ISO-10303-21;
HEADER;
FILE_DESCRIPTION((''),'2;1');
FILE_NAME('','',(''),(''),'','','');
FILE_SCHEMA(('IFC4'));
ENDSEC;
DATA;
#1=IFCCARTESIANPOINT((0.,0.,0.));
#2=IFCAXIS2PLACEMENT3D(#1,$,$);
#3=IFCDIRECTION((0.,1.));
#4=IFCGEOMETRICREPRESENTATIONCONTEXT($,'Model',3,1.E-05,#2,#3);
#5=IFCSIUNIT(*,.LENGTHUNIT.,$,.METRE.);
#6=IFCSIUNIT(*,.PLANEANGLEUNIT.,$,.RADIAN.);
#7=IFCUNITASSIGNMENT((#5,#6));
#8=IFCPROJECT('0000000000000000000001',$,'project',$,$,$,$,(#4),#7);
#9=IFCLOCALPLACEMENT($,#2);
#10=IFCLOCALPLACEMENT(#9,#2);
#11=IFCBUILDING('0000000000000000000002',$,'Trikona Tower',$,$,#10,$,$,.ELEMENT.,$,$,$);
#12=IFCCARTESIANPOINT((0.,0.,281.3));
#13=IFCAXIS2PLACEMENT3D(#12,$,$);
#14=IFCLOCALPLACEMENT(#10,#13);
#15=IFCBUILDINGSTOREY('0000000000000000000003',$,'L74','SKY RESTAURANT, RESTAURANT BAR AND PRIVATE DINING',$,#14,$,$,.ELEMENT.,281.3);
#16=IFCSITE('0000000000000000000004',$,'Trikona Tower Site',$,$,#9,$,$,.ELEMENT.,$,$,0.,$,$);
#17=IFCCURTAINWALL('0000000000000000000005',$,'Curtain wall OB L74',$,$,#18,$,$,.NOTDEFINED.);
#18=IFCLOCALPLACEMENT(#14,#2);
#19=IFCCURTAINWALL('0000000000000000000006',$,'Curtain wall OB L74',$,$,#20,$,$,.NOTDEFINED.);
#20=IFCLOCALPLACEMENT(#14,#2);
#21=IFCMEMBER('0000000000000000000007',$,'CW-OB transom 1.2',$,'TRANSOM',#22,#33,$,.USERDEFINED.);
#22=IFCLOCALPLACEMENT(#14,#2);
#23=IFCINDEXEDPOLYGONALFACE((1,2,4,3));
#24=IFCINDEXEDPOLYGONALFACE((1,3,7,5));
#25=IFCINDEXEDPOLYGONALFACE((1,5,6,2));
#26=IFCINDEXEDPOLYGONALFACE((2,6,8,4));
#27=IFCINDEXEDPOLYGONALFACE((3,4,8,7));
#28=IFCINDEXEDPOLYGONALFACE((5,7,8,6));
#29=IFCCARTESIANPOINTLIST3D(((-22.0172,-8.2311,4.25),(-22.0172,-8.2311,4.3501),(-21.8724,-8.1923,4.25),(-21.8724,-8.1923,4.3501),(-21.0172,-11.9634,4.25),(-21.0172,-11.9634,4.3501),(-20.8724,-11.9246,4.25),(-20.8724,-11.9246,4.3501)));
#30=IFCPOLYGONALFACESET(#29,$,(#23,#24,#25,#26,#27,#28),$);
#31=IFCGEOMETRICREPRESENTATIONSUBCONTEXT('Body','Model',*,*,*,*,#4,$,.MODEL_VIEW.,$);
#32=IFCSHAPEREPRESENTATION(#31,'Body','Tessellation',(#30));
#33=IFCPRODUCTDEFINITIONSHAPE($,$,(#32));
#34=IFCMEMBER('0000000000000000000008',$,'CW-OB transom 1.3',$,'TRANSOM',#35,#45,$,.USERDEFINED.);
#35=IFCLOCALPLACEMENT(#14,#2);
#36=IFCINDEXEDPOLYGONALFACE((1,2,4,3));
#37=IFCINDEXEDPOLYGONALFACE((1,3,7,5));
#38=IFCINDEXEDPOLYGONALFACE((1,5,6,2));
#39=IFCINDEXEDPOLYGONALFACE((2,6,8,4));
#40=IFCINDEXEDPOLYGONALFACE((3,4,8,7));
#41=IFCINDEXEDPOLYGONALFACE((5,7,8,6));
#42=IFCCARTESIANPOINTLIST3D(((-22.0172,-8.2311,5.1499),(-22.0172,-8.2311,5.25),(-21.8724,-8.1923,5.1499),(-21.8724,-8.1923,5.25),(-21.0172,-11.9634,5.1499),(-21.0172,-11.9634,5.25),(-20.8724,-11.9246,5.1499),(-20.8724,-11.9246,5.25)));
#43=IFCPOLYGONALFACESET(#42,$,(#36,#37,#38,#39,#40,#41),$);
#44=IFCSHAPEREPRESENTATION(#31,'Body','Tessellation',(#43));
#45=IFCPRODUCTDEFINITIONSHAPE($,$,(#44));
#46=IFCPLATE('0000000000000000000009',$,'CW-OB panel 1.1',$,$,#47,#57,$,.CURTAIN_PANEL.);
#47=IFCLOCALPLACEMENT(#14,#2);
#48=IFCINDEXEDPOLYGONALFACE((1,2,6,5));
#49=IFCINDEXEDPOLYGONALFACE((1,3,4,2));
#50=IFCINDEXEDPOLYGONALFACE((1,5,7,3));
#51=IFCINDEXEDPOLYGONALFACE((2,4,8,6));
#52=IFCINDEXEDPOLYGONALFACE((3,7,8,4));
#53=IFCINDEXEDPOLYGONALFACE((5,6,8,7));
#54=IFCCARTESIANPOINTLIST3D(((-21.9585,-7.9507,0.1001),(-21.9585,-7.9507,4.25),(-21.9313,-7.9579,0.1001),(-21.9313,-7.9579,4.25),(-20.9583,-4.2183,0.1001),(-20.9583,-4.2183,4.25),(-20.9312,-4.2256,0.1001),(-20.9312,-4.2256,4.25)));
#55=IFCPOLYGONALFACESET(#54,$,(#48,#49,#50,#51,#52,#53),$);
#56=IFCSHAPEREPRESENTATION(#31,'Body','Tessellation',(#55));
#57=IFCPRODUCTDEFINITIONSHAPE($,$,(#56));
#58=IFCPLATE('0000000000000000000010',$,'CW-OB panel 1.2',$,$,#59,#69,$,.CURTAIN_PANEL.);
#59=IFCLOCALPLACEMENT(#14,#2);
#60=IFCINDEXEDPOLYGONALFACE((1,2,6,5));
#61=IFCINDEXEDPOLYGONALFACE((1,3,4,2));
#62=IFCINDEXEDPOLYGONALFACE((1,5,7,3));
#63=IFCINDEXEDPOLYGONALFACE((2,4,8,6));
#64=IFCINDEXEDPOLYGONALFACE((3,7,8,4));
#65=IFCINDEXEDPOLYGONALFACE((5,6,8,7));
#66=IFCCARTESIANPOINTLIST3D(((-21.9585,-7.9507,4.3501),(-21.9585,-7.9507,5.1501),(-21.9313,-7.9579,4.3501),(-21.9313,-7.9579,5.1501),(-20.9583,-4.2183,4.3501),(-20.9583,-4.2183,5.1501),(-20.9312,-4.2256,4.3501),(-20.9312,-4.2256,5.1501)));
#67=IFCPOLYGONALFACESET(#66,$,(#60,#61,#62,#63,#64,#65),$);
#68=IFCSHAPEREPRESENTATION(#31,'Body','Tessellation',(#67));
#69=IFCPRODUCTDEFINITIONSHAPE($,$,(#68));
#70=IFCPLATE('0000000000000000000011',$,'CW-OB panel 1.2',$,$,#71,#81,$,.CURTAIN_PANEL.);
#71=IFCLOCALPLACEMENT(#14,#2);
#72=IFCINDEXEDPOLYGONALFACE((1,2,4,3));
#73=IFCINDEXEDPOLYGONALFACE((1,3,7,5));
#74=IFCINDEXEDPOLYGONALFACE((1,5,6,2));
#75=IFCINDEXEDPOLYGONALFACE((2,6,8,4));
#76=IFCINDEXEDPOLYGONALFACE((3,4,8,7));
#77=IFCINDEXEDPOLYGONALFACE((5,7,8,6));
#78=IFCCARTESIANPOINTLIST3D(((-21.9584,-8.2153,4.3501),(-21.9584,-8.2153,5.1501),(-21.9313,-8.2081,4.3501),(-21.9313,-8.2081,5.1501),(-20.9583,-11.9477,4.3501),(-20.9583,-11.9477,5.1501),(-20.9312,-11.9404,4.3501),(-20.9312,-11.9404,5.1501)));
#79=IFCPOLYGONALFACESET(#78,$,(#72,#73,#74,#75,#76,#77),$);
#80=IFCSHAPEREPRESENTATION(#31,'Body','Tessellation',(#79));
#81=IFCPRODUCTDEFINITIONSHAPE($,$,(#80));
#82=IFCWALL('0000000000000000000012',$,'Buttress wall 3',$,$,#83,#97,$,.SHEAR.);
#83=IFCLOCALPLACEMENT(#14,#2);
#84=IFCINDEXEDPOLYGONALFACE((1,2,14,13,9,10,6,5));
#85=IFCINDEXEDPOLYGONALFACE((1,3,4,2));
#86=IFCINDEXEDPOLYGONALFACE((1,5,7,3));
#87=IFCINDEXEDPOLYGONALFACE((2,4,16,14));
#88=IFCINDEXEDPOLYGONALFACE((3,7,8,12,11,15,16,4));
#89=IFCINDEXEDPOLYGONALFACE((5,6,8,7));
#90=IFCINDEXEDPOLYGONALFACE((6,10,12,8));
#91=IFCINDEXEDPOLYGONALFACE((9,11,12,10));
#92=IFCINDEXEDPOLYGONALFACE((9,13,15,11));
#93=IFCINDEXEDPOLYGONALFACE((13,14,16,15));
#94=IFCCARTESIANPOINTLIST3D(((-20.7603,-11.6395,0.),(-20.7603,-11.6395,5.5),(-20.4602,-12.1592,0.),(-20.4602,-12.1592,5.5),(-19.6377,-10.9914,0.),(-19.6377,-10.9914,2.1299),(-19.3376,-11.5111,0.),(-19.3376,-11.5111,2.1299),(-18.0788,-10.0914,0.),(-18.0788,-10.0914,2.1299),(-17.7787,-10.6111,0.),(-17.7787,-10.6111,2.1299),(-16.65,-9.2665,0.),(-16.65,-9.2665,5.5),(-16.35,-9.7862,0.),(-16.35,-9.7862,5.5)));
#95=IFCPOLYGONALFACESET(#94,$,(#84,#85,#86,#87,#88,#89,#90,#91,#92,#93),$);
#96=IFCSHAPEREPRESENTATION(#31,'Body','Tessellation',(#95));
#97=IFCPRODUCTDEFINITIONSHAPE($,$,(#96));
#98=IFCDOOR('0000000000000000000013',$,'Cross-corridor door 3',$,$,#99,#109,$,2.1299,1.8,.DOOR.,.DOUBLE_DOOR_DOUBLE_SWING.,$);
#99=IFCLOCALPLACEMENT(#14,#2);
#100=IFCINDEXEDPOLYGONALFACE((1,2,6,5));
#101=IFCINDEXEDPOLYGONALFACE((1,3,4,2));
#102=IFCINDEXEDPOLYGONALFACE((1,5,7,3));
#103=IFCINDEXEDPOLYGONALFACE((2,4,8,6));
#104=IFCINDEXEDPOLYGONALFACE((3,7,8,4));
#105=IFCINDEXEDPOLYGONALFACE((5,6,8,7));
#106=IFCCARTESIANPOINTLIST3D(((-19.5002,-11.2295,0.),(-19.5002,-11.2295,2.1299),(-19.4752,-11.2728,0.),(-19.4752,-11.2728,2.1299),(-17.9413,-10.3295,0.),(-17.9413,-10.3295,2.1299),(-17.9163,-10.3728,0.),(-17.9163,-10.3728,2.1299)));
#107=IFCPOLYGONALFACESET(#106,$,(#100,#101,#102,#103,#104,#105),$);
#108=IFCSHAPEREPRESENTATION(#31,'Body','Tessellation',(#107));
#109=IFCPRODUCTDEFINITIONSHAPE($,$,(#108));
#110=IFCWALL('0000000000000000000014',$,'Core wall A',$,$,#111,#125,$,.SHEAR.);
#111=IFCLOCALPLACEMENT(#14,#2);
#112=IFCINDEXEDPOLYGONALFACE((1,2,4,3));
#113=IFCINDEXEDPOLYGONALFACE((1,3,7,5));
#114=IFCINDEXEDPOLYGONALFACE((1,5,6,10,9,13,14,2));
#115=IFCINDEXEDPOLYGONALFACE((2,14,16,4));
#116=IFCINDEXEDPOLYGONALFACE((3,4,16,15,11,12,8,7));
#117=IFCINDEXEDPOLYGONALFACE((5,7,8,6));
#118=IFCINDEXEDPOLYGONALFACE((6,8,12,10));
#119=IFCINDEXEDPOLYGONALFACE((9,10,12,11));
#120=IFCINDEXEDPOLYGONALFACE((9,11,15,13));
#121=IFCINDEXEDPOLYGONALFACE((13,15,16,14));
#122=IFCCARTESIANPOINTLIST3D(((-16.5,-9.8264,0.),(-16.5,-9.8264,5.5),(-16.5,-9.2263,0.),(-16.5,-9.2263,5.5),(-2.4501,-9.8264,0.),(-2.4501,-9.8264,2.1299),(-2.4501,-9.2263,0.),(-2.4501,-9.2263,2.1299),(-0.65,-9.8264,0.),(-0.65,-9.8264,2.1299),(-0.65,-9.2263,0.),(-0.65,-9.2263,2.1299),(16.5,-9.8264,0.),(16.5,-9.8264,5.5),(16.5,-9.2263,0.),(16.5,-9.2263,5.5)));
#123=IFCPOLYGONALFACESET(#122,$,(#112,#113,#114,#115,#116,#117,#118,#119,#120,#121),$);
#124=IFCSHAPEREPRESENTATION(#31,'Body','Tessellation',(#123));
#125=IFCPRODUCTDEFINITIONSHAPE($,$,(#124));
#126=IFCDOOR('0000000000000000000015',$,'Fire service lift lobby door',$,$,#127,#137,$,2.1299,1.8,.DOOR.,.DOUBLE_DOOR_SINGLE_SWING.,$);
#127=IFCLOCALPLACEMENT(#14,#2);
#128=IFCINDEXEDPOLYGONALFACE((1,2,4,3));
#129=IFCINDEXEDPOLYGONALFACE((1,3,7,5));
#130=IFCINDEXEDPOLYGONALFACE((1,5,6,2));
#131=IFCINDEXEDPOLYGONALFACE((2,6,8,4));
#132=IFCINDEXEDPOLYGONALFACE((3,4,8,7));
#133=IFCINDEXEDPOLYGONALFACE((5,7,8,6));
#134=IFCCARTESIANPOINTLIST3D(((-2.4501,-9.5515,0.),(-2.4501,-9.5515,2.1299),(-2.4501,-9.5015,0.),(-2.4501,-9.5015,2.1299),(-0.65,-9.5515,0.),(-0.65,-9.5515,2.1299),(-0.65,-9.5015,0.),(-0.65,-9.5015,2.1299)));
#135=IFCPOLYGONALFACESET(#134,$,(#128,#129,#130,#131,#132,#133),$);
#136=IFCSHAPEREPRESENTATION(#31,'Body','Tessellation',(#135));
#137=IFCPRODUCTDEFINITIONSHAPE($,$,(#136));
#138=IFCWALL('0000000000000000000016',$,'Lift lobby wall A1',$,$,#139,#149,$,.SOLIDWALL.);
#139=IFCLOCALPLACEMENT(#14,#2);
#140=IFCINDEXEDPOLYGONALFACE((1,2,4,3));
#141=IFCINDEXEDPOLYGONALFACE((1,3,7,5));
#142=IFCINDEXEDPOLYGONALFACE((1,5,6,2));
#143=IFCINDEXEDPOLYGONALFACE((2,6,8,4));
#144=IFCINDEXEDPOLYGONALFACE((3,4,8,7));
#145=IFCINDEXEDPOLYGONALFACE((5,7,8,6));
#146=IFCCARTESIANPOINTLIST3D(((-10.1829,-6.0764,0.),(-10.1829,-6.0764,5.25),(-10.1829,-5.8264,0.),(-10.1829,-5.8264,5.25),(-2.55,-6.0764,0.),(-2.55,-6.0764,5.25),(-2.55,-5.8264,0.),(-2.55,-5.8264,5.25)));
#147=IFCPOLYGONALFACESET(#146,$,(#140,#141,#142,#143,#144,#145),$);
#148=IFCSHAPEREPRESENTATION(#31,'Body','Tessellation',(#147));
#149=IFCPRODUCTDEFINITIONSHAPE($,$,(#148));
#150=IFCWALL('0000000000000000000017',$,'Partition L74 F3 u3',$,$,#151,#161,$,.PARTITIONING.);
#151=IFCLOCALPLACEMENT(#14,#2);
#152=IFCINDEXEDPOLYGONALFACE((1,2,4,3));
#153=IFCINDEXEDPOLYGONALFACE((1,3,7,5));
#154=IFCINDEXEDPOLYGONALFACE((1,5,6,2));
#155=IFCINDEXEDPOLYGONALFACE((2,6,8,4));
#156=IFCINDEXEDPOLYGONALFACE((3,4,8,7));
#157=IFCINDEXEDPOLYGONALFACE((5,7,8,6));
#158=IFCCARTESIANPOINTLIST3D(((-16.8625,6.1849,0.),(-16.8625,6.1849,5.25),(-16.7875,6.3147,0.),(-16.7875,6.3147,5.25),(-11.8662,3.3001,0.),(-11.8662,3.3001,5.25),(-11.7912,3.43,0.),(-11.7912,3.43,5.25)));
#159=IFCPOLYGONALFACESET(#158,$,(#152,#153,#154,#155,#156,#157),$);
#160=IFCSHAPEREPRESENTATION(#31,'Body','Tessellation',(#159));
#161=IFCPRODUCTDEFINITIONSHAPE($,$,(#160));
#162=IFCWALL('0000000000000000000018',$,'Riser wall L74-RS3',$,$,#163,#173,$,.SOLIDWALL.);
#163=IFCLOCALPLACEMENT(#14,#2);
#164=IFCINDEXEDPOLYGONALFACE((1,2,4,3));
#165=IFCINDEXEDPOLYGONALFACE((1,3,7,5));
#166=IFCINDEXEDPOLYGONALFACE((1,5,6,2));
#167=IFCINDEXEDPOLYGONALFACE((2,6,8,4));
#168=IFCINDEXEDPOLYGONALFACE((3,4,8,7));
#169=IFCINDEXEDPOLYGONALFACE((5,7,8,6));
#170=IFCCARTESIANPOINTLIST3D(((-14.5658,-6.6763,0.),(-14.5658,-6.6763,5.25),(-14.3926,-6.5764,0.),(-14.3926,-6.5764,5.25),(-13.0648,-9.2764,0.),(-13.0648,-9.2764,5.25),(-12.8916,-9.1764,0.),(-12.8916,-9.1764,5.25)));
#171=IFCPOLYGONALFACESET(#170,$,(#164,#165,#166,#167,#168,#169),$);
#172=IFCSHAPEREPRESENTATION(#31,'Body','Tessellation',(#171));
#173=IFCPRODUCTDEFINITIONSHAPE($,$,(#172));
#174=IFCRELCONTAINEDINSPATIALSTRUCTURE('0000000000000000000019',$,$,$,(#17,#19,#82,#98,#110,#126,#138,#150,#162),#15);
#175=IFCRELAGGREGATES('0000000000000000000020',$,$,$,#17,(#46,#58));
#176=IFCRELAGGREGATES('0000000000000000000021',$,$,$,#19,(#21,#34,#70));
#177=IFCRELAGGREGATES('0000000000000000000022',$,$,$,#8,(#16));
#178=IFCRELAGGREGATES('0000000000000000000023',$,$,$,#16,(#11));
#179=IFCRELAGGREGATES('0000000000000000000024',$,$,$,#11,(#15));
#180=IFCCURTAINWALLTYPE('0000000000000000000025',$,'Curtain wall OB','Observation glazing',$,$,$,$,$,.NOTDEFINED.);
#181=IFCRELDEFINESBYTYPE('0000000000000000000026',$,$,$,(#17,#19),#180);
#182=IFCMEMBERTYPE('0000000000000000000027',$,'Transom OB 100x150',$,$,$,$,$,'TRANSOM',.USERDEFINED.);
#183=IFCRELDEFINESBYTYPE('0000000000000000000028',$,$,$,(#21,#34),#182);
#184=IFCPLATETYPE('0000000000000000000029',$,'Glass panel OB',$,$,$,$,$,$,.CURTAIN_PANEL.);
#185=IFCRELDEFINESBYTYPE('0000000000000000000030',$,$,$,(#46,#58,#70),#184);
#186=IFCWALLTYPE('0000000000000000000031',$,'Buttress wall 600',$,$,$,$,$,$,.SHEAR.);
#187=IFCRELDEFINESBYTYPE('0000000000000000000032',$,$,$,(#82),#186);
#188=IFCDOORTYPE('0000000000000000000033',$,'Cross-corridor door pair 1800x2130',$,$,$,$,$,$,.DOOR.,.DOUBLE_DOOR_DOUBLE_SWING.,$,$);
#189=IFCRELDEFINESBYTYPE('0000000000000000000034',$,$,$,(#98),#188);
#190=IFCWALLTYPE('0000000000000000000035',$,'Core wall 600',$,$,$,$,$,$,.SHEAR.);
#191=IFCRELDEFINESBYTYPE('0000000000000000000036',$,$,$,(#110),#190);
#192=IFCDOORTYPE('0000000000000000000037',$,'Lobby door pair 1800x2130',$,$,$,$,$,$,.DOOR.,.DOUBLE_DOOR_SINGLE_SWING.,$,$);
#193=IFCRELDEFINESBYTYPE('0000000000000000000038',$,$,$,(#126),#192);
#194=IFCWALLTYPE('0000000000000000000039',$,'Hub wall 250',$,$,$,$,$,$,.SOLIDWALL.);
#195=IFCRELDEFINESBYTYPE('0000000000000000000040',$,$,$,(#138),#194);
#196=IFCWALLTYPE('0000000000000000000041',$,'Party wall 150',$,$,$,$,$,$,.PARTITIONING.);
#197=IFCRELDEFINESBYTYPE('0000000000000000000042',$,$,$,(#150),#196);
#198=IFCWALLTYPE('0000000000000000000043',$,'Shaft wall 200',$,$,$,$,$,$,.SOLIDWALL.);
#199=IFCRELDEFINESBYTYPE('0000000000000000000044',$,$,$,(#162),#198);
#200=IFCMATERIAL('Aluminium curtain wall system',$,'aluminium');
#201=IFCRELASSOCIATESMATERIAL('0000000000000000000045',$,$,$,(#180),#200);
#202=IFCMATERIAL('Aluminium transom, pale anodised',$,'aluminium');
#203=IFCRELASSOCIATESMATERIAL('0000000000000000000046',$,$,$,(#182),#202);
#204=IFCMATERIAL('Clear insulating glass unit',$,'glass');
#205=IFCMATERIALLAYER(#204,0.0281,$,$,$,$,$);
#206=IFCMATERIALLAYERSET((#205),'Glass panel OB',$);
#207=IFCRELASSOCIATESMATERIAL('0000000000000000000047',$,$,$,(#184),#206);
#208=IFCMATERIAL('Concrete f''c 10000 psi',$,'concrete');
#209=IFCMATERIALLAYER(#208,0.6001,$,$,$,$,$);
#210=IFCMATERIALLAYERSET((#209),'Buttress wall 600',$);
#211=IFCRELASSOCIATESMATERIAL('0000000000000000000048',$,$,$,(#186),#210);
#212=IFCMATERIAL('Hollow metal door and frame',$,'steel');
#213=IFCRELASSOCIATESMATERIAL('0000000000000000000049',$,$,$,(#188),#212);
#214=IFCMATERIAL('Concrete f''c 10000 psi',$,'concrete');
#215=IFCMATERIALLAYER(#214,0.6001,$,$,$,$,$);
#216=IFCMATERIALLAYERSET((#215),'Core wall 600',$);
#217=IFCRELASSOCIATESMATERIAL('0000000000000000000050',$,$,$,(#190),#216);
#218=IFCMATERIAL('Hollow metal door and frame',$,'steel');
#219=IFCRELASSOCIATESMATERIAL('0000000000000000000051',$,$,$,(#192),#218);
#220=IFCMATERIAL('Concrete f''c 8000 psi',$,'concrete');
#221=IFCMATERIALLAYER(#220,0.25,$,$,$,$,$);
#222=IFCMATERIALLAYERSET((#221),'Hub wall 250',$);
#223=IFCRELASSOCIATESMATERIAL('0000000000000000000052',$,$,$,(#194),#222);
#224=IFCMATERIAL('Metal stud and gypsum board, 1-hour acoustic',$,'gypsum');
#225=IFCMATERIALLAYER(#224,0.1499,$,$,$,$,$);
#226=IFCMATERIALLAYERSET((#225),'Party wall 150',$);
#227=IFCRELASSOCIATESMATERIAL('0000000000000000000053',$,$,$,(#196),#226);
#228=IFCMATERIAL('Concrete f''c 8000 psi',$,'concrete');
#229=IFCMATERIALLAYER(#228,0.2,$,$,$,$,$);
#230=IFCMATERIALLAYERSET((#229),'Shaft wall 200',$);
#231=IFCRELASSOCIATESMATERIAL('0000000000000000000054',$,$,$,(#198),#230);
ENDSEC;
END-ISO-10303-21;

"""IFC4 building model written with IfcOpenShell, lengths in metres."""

from ifc_helpers import new_model, si_unit, direction, frame, frame_2d, origin, origin_2d, place, context, subcontext, project, spatial, rectangle, extrude, material, layer, layer_set, material_profile, profile_set, type_object, element, fill, aggregate, save


model = new_model("IFC4")

# Units and contexts
model_context = context("Model", 3, precision=1e-05, world=origin(), true_north=direction((0.0, 1.0)))
body_context = subcontext(model_context, "Body", "Model", "MODEL_VIEW")
ifc_project = project(units=[si_unit("LENGTHUNIT", "METRE"), si_unit("PLANEANGLEUNIT", "RADIAN")], contexts=[model_context])

# Site, building, storey
site_placement = place(None, origin())
site = spatial("IfcSite", under=ifc_project, at=site_placement, Name="Trikona Tower Site", CompositionType="ELEMENT", RefElevation=0.0)
building_placement = place(site_placement, origin())
building = spatial("IfcBuilding", under=site, at=building_placement, Name="Trikona Tower", CompositionType="ELEMENT")
storey_placement = place(building_placement, frame((0.0, 0.0, 281.3)))
storey = spatial("IfcBuildingStorey", under=building, at=storey_placement, Name="L74", Description="SKY RESTAURANT, RESTAURANT BAR AND PRIVATE DINING", CompositionType="ELEMENT", Elevation=281.3)

# Curtain wall
ifc_material_1 = material(Name="Aluminium curtain wall system", Category="aluminium")
curtain_wall_type = type_object("IfcCurtainWallType", Name="Curtain wall OB", Description="Observation glazing", PredefinedType="NOTDEFINED", material=ifc_material_1)
curtain_wall_1_placement = place(storey_placement, origin())
curtain_wall_1 = element("IfcCurtainWall", 1, at=curtain_wall_1_placement, inside=storey, type_object=curtain_wall_type, Name="Curtain wall OB L74", PredefinedType="NOTDEFINED")

# Curtain wall
curtain_wall_2_placement = place(storey_placement, origin())
curtain_wall_2 = element("IfcCurtainWall", 2, at=curtain_wall_2_placement, inside=storey, type_object=curtain_wall_type, Name="Curtain wall OB L74", PredefinedType="NOTDEFINED")

# Members
ifc_material_2 = material(Name="Aluminium transom, pale anodised", Category="aluminium")
ifc_material_profile_1 = material_profile(ifc_material_2, rectangle(XDim=0.1499, YDim=0.1001, at=origin_2d()), Name="TRN-OB")
ifc_profile_set_1 = profile_set([ifc_material_profile_1], Name="Aluminium transom, pale anodised")
member_type_1 = type_object("IfcMemberType", Name="Transom OB 100x150", ElementType="TRANSOM", PredefinedType="USERDEFINED", material=ifc_profile_set_1)
member_1_placement = place(storey_placement, frame((-21.9448, -8.2117, 4.3), z_axis=(0.258795, -0.965932, 0.0), x_axis=(0.965932, 0.258795, 0.0)))
member_1 = element("IfcMember", 3, at=member_1_placement, type_object=member_type_1, Name="CW-OB transom 1.2", ObjectType="TRANSOM", PredefinedType="USERDEFINED", context=body_context, shape_type="SweptSolid", body=[
    extrude(rectangle(XDim=0.1499, YDim=0.1001, at=origin_2d()), origin(), (0.0, 0.0, 1.0), 3.864),
])
member_2_placement = place(storey_placement, frame((-21.9448, -8.2117, 5.2), z_axis=(0.258795, -0.965932, 0.0), x_axis=(0.965932, 0.258795, 0.0)))
member_2 = element("IfcMember", 4, at=member_2_placement, type_object=member_type_1, Name="CW-OB transom 1.3", ObjectType="TRANSOM", PredefinedType="USERDEFINED", context=body_context, shape_type="SweptSolid", body=[
    extrude(rectangle(XDim=0.1499, YDim=0.1001, at=origin_2d()), origin(), (0.0, 0.0, 1.0), 3.864),
])

# Plates
ifc_material_3 = material(Name="Clear insulating glass unit", Category="glass")
ifc_layer_1 = layer(ifc_material_3, 0.0281)
ifc_layer_set_1 = layer_set([ifc_layer_1], Name="Glass panel OB")
plate_type = type_object("IfcPlateType", Name="Glass panel OB", PredefinedType="CURTAIN_PANEL", material=ifc_layer_set_1)
plate_1_placement = place(storey_placement, frame((-21.4448, -6.0881, 0.1001), z_axis=(0.0, 0.0, 1.0), x_axis=(-0.258834, -0.965922, 0.0)))
plate_1 = element("IfcPlate", 5, at=plate_1_placement, type_object=plate_type, Name="CW-OB panel 1.1", PredefinedType="CURTAIN_PANEL", context=body_context, shape_type="SweptSolid", body=[
    extrude(rectangle(XDim=3.864, YDim=0.0281, at=origin_2d()), origin(), (0.0, 0.0, 1.0), 4.1499),
])
plate_2_placement = place(storey_placement, frame((-21.4448, -6.0881, 4.3501), z_axis=(0.0, 0.0, 1.0), x_axis=(-0.258834, -0.965922, 0.0)))
plate_2 = element("IfcPlate", 6, at=plate_2_placement, type_object=plate_type, Name="CW-OB panel 1.2", PredefinedType="CURTAIN_PANEL", context=body_context, shape_type="SweptSolid", body=[
    extrude(rectangle(XDim=3.864, YDim=0.0281, at=origin_2d()), origin(), (0.0, 0.0, 1.0), 0.8),
])
aggregate(curtain_wall_1, [plate_1, plate_2])
plate_3_placement = place(storey_placement, frame((-21.4448, -10.0779, 4.3501), z_axis=(0.0, 0.0, 1.0), x_axis=(0.258828, -0.965923, 0.0)))
plate_3 = element("IfcPlate", 7, at=plate_3_placement, type_object=plate_type, Name="CW-OB panel 1.2", PredefinedType="CURTAIN_PANEL", context=body_context, shape_type="SweptSolid", body=[
    extrude(rectangle(XDim=3.864, YDim=0.0281, at=origin_2d()), origin(), (0.0, 0.0, 1.0), 0.8),
])
aggregate(curtain_wall_2, [member_1, member_2, plate_3])

# Walls, openings, doors
ifc_material_4 = material(Name="Concrete f'c 10000 psi", Category="concrete")
ifc_layer_2 = layer(ifc_material_4, 0.6001)
ifc_layer_set_2 = layer_set([ifc_layer_2], Name="Buttress wall 600")
wall_type_1 = type_object("IfcWallType", Name="Buttress wall 600", PredefinedType="SHEAR", material=ifc_layer_set_2)
wall_1_placement = place(storey_placement, frame((-16.5, -9.5264, 0.0), z_axis=(0.0, 0.0, 1.0), x_axis=(-0.866031, -0.49999, 0.0)))
wall_1 = element("IfcWall", 8, at=wall_1_placement, inside=storey, type_object=wall_type_1, Name="Buttress wall 3", PredefinedType="SHEAR", context=body_context, shape_type="SweptSolid", body=[
    extrude(rectangle(XDim=4.7461, YDim=0.6001, at=frame_2d((2.373, 0.0))), origin(), (0.0, 0.0, 1.0), 5.5),
])
opening_1_placement = place(wall_1_placement, frame((1.6499, 0.0, 0.0)))
opening_1 = element("IfcOpeningElement", 9, at=opening_1_placement, cuts=wall_1, PredefinedType="OPENING", context=body_context, shape_type="SweptSolid", body=[
    extrude(rectangle(XDim=1.8, YDim=2.1299, at=frame_2d((0.8999, 1.0649))), frame((0.0, 0.3101, 0.0), z_axis=(0.0, -1.0, 0.0), x_axis=(1.0, 0.0, 0.0)), (0.0, 0.0, 1.0), 0.6201),
])
ifc_material_5 = material(Name="Hollow metal door and frame", Category="steel")
door_type_1 = type_object("IfcDoorType", Name="Cross-corridor door pair 1800x2130", OperationType="DOUBLE_DOOR_DOUBLE_SWING", PredefinedType="DOOR", material=ifc_material_5)
door_1_placement = place(opening_1_placement, origin())
door_1 = element("IfcDoor", 10, at=door_1_placement, inside=storey, type_object=door_type_1, Name="Cross-corridor door 3", OperationType="DOUBLE_DOOR_DOUBLE_SWING", OverallHeight=2.1299, OverallWidth=1.8, PredefinedType="DOOR", context=body_context, shape_type="SweptSolid", body=[
    extrude(rectangle(XDim=1.8, YDim=2.1299, at=frame_2d((0.8999, 1.0649))), frame((0.0, 0.0249, 0.0), z_axis=(0.0, -1.0, 0.0), x_axis=(1.0, 0.0, 0.0)), (0.0, 0.0, 1.0), 0.05),
])
fill(opening_1, door_1)
ifc_material_6 = material(Name="Concrete f'c 10000 psi", Category="concrete")
ifc_layer_3 = layer(ifc_material_6, 0.6001)
ifc_layer_set_3 = layer_set([ifc_layer_3], Name="Core wall 600")
wall_type_2 = type_object("IfcWallType", Name="Core wall 600", PredefinedType="SHEAR", material=ifc_layer_set_3)
wall_2_placement = place(storey_placement, frame((-16.5, -9.5264, 0.0), z_axis=(0.0, 0.0, 1.0), x_axis=(1.0, 0.0, 0.0)))
wall_2 = element("IfcWall", 11, at=wall_2_placement, inside=storey, type_object=wall_type_2, Name="Core wall A", PredefinedType="SHEAR", context=body_context, shape_type="SweptSolid", body=[
    extrude(rectangle(XDim=33.0, YDim=0.6001, at=frame_2d((16.5, 0.0))), origin(), (0.0, 0.0, 1.0), 5.5),
])
opening_2_placement = place(wall_2_placement, frame((14.05, 0.0, 0.0)))
opening_2 = element("IfcOpeningElement", 12, at=opening_2_placement, cuts=wall_2, PredefinedType="OPENING", context=body_context, shape_type="SweptSolid", body=[
    extrude(rectangle(XDim=1.8, YDim=2.1299, at=frame_2d((0.8999, 1.0649))), frame((0.0, 0.3101, 0.0), z_axis=(0.0, -1.0, 0.0), x_axis=(1.0, 0.0, 0.0)), (0.0, 0.0, 1.0), 0.6201),
])
ifc_material_7 = material(Name="Hollow metal door and frame", Category="steel")
door_type_2 = type_object("IfcDoorType", Name="Lobby door pair 1800x2130", OperationType="DOUBLE_DOOR_SINGLE_SWING", PredefinedType="DOOR", material=ifc_material_7)
door_2_placement = place(opening_2_placement, origin())
door_2 = element("IfcDoor", 13, at=door_2_placement, inside=storey, type_object=door_type_2, Name="Fire service lift lobby door", OperationType="DOUBLE_DOOR_SINGLE_SWING", OverallHeight=2.1299, OverallWidth=1.8, PredefinedType="DOOR", context=body_context, shape_type="SweptSolid", body=[
    extrude(rectangle(XDim=1.8, YDim=2.1299, at=frame_2d((0.8999, 1.0649))), frame((0.0, 0.0249, 0.0), z_axis=(0.0, -1.0, 0.0), x_axis=(1.0, 0.0, 0.0)), (0.0, 0.0, 1.0), 0.05),
])
fill(opening_2, door_2)

# Walls
ifc_material_8 = material(Name="Concrete f'c 8000 psi", Category="concrete")
ifc_layer_4 = layer(ifc_material_8, 0.25)
ifc_layer_set_4 = layer_set([ifc_layer_4], Name="Hub wall 250")
wall_type_3 = type_object("IfcWallType", Name="Hub wall 250", PredefinedType="SOLIDWALL", material=ifc_layer_set_4)
wall_3_placement = place(storey_placement, frame((-10.1829, -5.9514, 0.0), z_axis=(0.0, 0.0, 1.0), x_axis=(1.0, 0.0, 0.0)))
element("IfcWall", 14, at=wall_3_placement, inside=storey, type_object=wall_type_3, Name="Lift lobby wall A1", PredefinedType="SOLIDWALL", context=body_context, shape_type="SweptSolid", body=[
    extrude(rectangle(XDim=7.6328, YDim=0.25, at=frame_2d((3.8164, 0.0))), origin(), (0.0, 0.0, 1.0), 5.25),
])
ifc_material_9 = material(Name="Metal stud and gypsum board, 1-hour acoustic", Category="gypsum")
ifc_layer_5 = layer(ifc_material_9, 0.1499)
ifc_layer_set_5 = layer_set([ifc_layer_5], Name="Party wall 150")
wall_type_4 = type_object("IfcWallType", Name="Party wall 150", PredefinedType="PARTITIONING", material=ifc_layer_set_5)
wall_4_placement = place(storey_placement, frame((-11.8286, 3.365, 0.0), z_axis=(0.0, 0.0, 1.0), x_axis=(-0.866016, 0.500017, 0.0)))
element("IfcWall", 15, at=wall_4_placement, inside=storey, type_object=wall_type_4, Name="Partition L74 F3 u3", PredefinedType="PARTITIONING", context=body_context, shape_type="SweptSolid", body=[
    extrude(rectangle(XDim=5.7693, YDim=0.1499, at=frame_2d((2.8848, 0.0))), origin(), (0.0, 0.0, 1.0), 5.25),
])
ifc_material_10 = material(Name="Concrete f'c 8000 psi", Category="concrete")
ifc_layer_6 = layer(ifc_material_10, 0.2)
ifc_layer_set_6 = layer_set([ifc_layer_6], Name="Shaft wall 200")
wall_type_5 = type_object("IfcWallType", Name="Shaft wall 200", PredefinedType="SOLIDWALL", material=ifc_layer_set_6)
wall_5_placement = place(storey_placement, frame((-12.9783, -9.2263, 0.0), z_axis=(0.0, 0.0, 1.0), x_axis=(-0.499952, 0.866053, 0.0)))
element("IfcWall", 16, at=wall_5_placement, inside=storey, type_object=wall_type_5, Name="Riser wall L74-RS3", PredefinedType="SOLIDWALL", context=body_context, shape_type="SweptSolid", body=[
    extrude(rectangle(XDim=3.0022, YDim=0.2, at=frame_2d((1.501, 0.0))), origin(), (0.0, 0.0, 1.0), 5.25),
])

save(model, "model.ifc")
